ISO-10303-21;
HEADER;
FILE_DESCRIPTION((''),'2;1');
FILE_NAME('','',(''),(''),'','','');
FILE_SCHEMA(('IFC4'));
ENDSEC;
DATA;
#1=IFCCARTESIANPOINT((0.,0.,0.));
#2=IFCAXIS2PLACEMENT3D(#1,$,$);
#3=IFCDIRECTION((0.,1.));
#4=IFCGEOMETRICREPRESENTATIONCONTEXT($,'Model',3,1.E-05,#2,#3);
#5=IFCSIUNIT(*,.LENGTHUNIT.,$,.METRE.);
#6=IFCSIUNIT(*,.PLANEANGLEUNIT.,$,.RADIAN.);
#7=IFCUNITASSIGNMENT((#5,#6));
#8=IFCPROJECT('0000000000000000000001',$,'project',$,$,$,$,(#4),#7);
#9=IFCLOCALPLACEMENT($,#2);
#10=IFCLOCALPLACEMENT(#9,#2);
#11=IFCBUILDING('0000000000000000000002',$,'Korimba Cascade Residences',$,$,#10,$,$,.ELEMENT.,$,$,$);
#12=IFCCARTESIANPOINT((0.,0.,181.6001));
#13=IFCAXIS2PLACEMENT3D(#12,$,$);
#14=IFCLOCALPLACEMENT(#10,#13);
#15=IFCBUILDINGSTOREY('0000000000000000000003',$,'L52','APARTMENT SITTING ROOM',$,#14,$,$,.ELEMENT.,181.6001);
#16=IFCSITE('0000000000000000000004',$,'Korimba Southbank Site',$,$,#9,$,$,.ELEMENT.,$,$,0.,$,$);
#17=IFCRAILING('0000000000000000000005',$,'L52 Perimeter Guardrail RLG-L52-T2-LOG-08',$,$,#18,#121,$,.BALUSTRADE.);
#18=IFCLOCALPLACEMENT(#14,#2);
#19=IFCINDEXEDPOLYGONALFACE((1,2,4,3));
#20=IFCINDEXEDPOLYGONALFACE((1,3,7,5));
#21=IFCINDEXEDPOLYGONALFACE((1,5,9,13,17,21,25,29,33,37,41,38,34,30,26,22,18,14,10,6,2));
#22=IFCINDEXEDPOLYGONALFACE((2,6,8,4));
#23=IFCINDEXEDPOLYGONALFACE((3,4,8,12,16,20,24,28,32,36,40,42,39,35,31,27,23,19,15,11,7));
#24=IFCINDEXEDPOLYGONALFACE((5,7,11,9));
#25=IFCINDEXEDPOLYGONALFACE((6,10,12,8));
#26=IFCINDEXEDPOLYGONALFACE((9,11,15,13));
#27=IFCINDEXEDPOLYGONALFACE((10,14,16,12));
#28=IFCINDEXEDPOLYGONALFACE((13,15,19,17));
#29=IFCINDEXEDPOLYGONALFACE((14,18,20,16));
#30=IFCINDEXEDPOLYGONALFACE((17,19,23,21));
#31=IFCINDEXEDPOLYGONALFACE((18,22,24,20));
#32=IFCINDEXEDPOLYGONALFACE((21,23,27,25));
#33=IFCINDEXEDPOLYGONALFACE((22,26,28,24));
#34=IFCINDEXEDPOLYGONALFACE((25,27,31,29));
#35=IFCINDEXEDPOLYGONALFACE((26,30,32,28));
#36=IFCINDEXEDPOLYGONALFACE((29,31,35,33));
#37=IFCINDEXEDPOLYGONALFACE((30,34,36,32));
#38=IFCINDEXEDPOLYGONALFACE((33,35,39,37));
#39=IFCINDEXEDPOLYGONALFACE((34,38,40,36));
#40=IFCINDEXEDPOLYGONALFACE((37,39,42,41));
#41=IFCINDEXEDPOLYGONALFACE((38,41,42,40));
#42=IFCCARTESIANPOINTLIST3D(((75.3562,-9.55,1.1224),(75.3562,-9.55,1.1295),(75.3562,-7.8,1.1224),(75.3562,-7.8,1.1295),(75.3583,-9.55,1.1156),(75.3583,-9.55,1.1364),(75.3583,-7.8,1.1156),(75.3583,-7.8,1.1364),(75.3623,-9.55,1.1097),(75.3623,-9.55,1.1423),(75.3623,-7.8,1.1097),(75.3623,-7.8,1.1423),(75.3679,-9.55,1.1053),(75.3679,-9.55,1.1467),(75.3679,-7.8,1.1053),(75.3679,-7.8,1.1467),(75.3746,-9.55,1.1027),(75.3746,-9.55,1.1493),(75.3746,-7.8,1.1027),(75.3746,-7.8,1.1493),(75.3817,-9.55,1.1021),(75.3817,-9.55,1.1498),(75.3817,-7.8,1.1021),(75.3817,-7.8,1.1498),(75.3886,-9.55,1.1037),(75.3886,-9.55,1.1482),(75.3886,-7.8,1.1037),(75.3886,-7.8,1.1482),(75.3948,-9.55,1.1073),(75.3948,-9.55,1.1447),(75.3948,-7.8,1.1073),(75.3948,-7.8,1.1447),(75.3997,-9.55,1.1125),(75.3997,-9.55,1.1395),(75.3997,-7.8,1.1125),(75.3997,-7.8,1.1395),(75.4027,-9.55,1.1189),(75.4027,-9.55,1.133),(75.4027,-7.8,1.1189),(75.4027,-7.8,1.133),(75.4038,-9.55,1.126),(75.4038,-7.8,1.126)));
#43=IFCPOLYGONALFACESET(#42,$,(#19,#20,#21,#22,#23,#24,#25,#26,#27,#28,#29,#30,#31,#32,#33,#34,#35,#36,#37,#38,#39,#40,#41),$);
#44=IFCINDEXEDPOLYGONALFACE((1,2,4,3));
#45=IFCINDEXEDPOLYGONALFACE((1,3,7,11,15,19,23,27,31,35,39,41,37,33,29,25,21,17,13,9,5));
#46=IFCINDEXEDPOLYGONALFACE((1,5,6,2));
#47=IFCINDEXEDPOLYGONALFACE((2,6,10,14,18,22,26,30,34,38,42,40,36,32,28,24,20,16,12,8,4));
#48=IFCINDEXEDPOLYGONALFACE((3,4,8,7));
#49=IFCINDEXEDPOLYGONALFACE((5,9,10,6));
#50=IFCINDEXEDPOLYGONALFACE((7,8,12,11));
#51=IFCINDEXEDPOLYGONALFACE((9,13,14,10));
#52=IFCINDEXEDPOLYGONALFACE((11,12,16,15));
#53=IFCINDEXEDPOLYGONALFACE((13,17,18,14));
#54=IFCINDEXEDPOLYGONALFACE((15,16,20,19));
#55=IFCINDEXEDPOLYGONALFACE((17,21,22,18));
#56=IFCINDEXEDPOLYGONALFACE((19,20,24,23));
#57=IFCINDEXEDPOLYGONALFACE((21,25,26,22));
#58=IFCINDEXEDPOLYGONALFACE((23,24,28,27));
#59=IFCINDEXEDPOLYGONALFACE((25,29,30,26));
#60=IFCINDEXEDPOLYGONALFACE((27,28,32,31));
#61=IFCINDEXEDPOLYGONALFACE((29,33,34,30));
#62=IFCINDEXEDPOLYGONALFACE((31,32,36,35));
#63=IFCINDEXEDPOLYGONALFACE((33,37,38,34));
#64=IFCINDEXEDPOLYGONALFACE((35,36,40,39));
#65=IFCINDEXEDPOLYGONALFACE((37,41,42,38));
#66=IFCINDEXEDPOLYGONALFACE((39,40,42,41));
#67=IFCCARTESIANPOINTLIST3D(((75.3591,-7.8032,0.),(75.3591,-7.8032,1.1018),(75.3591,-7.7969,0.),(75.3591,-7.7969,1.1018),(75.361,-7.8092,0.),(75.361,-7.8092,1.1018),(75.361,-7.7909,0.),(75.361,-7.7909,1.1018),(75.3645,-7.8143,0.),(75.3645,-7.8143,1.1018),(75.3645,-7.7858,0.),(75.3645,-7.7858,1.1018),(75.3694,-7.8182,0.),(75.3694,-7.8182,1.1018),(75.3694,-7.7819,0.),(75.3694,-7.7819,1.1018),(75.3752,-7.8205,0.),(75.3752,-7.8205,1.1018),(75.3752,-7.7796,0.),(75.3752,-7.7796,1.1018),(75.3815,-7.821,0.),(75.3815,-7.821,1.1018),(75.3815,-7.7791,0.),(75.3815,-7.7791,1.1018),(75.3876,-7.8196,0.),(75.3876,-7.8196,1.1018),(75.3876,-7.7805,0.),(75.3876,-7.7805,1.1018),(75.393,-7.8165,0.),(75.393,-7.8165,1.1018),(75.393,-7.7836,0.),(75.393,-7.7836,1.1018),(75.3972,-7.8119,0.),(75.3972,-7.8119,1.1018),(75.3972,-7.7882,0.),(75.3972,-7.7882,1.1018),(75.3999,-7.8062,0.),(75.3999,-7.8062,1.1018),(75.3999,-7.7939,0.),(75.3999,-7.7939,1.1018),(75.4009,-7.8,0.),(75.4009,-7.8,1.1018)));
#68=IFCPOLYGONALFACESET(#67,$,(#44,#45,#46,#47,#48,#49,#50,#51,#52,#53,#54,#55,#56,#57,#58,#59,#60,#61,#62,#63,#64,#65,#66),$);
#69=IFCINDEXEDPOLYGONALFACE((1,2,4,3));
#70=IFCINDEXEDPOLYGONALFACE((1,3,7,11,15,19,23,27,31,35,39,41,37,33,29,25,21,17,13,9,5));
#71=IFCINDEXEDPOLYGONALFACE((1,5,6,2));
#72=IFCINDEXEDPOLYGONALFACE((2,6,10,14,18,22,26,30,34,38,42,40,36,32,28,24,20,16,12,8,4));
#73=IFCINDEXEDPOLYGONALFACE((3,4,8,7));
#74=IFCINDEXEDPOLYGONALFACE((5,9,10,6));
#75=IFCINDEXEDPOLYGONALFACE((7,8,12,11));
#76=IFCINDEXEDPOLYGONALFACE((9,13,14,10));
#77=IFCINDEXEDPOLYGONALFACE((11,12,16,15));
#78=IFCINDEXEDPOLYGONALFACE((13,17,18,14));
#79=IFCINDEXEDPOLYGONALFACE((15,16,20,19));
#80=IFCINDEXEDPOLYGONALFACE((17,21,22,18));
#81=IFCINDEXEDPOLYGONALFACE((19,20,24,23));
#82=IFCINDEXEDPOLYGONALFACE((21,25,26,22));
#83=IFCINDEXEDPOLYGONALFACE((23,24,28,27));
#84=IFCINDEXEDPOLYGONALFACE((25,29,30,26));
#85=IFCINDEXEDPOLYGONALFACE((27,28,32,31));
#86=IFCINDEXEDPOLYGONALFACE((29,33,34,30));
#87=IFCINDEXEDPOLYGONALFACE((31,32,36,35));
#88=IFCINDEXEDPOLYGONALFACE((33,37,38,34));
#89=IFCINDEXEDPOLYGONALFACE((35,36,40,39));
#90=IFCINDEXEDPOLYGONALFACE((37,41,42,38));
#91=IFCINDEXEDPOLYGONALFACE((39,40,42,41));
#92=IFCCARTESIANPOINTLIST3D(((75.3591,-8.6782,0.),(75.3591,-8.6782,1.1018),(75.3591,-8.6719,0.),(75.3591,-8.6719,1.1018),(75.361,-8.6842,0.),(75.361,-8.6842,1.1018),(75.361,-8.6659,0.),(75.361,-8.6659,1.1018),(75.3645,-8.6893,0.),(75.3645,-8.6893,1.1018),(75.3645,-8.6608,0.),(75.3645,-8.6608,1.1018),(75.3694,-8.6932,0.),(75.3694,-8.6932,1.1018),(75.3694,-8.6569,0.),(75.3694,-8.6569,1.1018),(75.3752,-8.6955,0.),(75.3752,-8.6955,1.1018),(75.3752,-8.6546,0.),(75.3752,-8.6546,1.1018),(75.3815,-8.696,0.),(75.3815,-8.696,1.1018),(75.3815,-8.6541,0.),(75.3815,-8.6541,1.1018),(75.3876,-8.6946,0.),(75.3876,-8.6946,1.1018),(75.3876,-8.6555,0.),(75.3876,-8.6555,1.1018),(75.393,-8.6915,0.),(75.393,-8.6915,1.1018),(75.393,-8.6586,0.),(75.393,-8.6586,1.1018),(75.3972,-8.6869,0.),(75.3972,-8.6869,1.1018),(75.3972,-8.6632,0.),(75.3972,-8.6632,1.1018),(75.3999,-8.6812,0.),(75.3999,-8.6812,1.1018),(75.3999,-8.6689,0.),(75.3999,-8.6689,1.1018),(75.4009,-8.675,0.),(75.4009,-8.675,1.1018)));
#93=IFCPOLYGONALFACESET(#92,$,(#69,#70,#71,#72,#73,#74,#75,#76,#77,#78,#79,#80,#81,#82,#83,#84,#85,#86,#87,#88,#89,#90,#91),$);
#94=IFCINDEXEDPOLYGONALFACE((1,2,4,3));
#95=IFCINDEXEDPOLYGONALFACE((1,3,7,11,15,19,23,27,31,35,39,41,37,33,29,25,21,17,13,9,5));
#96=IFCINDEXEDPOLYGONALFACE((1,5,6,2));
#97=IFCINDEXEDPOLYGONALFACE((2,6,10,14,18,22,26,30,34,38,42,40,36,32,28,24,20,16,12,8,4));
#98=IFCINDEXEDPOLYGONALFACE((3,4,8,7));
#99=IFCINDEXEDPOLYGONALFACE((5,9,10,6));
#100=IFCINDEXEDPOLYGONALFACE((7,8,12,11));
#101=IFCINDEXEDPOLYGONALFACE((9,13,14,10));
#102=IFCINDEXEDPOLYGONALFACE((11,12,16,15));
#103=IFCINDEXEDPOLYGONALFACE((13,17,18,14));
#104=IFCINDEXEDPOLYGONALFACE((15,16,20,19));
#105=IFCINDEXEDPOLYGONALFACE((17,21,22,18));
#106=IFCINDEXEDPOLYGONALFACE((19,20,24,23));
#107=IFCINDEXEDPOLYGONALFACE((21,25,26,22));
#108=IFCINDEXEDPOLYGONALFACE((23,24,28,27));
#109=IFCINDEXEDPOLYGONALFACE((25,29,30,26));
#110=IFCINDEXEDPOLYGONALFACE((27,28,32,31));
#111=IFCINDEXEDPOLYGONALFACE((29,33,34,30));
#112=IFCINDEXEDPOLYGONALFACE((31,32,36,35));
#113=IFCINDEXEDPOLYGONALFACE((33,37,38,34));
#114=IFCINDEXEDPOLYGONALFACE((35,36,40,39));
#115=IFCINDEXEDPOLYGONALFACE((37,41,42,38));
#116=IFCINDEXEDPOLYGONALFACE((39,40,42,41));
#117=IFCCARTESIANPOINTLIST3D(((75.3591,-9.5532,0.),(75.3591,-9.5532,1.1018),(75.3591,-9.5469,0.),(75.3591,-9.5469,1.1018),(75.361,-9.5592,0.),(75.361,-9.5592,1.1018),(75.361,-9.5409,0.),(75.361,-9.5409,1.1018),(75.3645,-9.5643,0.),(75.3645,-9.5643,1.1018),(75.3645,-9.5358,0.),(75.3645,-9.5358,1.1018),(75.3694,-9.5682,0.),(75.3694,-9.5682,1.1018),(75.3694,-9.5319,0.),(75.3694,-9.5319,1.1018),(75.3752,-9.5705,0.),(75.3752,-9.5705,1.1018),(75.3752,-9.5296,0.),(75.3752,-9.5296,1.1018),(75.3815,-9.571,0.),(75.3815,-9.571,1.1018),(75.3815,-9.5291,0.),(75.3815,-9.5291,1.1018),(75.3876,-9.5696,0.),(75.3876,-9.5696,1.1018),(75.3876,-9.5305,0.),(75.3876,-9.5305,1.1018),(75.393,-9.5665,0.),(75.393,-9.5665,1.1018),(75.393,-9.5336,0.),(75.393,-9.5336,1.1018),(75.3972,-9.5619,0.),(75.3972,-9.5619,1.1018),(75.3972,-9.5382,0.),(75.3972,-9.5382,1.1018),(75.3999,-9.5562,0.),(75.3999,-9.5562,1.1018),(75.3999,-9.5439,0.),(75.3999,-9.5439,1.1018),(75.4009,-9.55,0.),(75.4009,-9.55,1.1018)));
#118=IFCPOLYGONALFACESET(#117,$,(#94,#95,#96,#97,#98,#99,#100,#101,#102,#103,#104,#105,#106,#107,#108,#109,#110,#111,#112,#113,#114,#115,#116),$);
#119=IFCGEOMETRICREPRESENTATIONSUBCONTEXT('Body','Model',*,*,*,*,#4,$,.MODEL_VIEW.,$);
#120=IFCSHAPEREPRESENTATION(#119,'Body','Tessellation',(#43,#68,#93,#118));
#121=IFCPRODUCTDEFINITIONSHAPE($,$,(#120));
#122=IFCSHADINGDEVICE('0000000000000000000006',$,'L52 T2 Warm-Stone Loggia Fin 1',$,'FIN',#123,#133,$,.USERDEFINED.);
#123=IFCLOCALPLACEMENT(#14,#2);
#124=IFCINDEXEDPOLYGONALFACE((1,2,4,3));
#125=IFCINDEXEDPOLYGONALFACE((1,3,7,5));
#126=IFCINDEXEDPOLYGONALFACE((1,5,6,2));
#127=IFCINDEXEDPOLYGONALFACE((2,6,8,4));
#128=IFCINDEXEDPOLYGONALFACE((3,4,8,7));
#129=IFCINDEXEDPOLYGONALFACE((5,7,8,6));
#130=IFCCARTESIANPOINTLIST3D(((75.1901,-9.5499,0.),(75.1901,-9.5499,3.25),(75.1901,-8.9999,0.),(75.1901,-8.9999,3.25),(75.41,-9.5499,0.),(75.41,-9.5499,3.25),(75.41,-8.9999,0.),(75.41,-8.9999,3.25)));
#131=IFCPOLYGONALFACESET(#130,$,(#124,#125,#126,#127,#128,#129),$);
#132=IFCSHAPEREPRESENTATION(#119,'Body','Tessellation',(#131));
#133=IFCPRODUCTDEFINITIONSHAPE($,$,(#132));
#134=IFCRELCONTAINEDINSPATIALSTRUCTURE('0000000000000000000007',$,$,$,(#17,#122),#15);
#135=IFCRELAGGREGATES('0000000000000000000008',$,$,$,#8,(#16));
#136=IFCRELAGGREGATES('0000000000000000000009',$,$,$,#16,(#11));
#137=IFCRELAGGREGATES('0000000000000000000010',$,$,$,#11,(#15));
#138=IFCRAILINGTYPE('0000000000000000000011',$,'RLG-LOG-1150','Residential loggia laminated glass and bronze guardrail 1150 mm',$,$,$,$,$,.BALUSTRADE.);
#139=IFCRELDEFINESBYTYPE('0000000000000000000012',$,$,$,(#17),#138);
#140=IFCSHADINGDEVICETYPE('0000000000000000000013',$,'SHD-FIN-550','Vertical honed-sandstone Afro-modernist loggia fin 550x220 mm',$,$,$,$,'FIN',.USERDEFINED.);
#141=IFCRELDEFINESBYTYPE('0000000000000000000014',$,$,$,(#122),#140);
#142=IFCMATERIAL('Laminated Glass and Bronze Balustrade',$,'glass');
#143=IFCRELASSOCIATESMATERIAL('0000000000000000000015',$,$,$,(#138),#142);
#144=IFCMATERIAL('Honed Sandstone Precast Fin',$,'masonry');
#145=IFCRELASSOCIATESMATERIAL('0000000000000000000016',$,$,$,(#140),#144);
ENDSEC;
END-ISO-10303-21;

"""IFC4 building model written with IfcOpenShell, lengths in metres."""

from ifc_helpers import new_model, si_unit, direction, frame, origin, origin_2d, place, context, subcontext, project, spatial, rectangle, circle, extrude, material, type_object, element, save


model = new_model("IFC4")

# Units and contexts
model_context = context("Model", 3, precision=1e-05, world=origin(), true_north=direction((0.0, 1.0)))
body_context = subcontext(model_context, "Body", "Model", "MODEL_VIEW")
ifc_project = project(units=[si_unit("LENGTHUNIT", "METRE"), si_unit("PLANEANGLEUNIT", "RADIAN")], contexts=[model_context])

# Site, building, storey
site_placement = place(None, origin())
site = spatial("IfcSite", under=ifc_project, at=site_placement, Name="Korimba Southbank Site", CompositionType="ELEMENT", RefElevation=0.0)
building_placement = place(site_placement, origin())
building = spatial("IfcBuilding", under=site, at=building_placement, Name="Korimba Cascade Residences", CompositionType="ELEMENT")
storey_placement = place(building_placement, frame((0.0, 0.0, 181.6001)))
storey = spatial("IfcBuildingStorey", under=building, at=storey_placement, Name="L52", Description="APARTMENT SITTING ROOM", CompositionType="ELEMENT", Elevation=181.6001)

# Railing
ifc_material_1 = material(Name="Laminated Glass and Bronze Balustrade", Category="glass")
railing_type = type_object("IfcRailingType", Name="RLG-LOG-1150", Description="Residential loggia laminated glass and bronze guardrail 1150 mm", PredefinedType="BALUSTRADE", material=ifc_material_1)
railing_1_placement = place(storey_placement, frame((75.3799, -7.8, 0.0)))
element("IfcRailing", 1, at=railing_1_placement, inside=storey, type_object=railing_type, Name="L52 Perimeter Guardrail RLG-L52-T2-LOG-08", PredefinedType="BALUSTRADE", context=body_context, shape_type="SweptSolid", body=[
    extrude(circle(Radius=0.0239, at=origin_2d()), frame((0.0, 0.0, 1.126), z_axis=(0.0, -1.0, 0.0), x_axis=(1.0, 0.0, 0.0)), (0.0, 0.0, 1.0), 1.75),
    extrude(circle(Radius=0.021, at=origin_2d()), origin(), (0.0, 0.0, 1.0), 1.1018),
    extrude(circle(Radius=0.021, at=origin_2d()), frame((0.0, -0.875, 0.0)), (0.0, 0.0, 1.0), 1.1018),
    extrude(circle(Radius=0.021, at=origin_2d()), frame((0.0, -1.75, 0.0)), (0.0, 0.0, 1.0), 1.1018),
])

# Shading device
ifc_material_2 = material(Name="Honed Sandstone Precast Fin", Category="masonry")
shading_device_type = type_object("IfcShadingDeviceType", Name="SHD-FIN-550", Description="Vertical honed-sandstone Afro-modernist loggia fin 550x220 mm", ElementType="FIN", PredefinedType="USERDEFINED", material=ifc_material_2)
shading_device_placement = place(storey_placement, frame((75.3, -9.2749, 0.0), z_axis=(0.0, 0.0, 1.0), x_axis=(1.0, 0.0, 0.0)))
element("IfcShadingDevice", 2, at=shading_device_placement, inside=storey, type_object=shading_device_type, Name="L52 T2 Warm-Stone Loggia Fin 1", ObjectType="FIN", PredefinedType="USERDEFINED", context=body_context, shape_type="SweptSolid", body=[
    extrude(rectangle(XDim=0.22, YDim=0.55, at=origin_2d()), origin(), (0.0, 0.0, 1.0), 3.25),
])

save(model, "model.ifc")
